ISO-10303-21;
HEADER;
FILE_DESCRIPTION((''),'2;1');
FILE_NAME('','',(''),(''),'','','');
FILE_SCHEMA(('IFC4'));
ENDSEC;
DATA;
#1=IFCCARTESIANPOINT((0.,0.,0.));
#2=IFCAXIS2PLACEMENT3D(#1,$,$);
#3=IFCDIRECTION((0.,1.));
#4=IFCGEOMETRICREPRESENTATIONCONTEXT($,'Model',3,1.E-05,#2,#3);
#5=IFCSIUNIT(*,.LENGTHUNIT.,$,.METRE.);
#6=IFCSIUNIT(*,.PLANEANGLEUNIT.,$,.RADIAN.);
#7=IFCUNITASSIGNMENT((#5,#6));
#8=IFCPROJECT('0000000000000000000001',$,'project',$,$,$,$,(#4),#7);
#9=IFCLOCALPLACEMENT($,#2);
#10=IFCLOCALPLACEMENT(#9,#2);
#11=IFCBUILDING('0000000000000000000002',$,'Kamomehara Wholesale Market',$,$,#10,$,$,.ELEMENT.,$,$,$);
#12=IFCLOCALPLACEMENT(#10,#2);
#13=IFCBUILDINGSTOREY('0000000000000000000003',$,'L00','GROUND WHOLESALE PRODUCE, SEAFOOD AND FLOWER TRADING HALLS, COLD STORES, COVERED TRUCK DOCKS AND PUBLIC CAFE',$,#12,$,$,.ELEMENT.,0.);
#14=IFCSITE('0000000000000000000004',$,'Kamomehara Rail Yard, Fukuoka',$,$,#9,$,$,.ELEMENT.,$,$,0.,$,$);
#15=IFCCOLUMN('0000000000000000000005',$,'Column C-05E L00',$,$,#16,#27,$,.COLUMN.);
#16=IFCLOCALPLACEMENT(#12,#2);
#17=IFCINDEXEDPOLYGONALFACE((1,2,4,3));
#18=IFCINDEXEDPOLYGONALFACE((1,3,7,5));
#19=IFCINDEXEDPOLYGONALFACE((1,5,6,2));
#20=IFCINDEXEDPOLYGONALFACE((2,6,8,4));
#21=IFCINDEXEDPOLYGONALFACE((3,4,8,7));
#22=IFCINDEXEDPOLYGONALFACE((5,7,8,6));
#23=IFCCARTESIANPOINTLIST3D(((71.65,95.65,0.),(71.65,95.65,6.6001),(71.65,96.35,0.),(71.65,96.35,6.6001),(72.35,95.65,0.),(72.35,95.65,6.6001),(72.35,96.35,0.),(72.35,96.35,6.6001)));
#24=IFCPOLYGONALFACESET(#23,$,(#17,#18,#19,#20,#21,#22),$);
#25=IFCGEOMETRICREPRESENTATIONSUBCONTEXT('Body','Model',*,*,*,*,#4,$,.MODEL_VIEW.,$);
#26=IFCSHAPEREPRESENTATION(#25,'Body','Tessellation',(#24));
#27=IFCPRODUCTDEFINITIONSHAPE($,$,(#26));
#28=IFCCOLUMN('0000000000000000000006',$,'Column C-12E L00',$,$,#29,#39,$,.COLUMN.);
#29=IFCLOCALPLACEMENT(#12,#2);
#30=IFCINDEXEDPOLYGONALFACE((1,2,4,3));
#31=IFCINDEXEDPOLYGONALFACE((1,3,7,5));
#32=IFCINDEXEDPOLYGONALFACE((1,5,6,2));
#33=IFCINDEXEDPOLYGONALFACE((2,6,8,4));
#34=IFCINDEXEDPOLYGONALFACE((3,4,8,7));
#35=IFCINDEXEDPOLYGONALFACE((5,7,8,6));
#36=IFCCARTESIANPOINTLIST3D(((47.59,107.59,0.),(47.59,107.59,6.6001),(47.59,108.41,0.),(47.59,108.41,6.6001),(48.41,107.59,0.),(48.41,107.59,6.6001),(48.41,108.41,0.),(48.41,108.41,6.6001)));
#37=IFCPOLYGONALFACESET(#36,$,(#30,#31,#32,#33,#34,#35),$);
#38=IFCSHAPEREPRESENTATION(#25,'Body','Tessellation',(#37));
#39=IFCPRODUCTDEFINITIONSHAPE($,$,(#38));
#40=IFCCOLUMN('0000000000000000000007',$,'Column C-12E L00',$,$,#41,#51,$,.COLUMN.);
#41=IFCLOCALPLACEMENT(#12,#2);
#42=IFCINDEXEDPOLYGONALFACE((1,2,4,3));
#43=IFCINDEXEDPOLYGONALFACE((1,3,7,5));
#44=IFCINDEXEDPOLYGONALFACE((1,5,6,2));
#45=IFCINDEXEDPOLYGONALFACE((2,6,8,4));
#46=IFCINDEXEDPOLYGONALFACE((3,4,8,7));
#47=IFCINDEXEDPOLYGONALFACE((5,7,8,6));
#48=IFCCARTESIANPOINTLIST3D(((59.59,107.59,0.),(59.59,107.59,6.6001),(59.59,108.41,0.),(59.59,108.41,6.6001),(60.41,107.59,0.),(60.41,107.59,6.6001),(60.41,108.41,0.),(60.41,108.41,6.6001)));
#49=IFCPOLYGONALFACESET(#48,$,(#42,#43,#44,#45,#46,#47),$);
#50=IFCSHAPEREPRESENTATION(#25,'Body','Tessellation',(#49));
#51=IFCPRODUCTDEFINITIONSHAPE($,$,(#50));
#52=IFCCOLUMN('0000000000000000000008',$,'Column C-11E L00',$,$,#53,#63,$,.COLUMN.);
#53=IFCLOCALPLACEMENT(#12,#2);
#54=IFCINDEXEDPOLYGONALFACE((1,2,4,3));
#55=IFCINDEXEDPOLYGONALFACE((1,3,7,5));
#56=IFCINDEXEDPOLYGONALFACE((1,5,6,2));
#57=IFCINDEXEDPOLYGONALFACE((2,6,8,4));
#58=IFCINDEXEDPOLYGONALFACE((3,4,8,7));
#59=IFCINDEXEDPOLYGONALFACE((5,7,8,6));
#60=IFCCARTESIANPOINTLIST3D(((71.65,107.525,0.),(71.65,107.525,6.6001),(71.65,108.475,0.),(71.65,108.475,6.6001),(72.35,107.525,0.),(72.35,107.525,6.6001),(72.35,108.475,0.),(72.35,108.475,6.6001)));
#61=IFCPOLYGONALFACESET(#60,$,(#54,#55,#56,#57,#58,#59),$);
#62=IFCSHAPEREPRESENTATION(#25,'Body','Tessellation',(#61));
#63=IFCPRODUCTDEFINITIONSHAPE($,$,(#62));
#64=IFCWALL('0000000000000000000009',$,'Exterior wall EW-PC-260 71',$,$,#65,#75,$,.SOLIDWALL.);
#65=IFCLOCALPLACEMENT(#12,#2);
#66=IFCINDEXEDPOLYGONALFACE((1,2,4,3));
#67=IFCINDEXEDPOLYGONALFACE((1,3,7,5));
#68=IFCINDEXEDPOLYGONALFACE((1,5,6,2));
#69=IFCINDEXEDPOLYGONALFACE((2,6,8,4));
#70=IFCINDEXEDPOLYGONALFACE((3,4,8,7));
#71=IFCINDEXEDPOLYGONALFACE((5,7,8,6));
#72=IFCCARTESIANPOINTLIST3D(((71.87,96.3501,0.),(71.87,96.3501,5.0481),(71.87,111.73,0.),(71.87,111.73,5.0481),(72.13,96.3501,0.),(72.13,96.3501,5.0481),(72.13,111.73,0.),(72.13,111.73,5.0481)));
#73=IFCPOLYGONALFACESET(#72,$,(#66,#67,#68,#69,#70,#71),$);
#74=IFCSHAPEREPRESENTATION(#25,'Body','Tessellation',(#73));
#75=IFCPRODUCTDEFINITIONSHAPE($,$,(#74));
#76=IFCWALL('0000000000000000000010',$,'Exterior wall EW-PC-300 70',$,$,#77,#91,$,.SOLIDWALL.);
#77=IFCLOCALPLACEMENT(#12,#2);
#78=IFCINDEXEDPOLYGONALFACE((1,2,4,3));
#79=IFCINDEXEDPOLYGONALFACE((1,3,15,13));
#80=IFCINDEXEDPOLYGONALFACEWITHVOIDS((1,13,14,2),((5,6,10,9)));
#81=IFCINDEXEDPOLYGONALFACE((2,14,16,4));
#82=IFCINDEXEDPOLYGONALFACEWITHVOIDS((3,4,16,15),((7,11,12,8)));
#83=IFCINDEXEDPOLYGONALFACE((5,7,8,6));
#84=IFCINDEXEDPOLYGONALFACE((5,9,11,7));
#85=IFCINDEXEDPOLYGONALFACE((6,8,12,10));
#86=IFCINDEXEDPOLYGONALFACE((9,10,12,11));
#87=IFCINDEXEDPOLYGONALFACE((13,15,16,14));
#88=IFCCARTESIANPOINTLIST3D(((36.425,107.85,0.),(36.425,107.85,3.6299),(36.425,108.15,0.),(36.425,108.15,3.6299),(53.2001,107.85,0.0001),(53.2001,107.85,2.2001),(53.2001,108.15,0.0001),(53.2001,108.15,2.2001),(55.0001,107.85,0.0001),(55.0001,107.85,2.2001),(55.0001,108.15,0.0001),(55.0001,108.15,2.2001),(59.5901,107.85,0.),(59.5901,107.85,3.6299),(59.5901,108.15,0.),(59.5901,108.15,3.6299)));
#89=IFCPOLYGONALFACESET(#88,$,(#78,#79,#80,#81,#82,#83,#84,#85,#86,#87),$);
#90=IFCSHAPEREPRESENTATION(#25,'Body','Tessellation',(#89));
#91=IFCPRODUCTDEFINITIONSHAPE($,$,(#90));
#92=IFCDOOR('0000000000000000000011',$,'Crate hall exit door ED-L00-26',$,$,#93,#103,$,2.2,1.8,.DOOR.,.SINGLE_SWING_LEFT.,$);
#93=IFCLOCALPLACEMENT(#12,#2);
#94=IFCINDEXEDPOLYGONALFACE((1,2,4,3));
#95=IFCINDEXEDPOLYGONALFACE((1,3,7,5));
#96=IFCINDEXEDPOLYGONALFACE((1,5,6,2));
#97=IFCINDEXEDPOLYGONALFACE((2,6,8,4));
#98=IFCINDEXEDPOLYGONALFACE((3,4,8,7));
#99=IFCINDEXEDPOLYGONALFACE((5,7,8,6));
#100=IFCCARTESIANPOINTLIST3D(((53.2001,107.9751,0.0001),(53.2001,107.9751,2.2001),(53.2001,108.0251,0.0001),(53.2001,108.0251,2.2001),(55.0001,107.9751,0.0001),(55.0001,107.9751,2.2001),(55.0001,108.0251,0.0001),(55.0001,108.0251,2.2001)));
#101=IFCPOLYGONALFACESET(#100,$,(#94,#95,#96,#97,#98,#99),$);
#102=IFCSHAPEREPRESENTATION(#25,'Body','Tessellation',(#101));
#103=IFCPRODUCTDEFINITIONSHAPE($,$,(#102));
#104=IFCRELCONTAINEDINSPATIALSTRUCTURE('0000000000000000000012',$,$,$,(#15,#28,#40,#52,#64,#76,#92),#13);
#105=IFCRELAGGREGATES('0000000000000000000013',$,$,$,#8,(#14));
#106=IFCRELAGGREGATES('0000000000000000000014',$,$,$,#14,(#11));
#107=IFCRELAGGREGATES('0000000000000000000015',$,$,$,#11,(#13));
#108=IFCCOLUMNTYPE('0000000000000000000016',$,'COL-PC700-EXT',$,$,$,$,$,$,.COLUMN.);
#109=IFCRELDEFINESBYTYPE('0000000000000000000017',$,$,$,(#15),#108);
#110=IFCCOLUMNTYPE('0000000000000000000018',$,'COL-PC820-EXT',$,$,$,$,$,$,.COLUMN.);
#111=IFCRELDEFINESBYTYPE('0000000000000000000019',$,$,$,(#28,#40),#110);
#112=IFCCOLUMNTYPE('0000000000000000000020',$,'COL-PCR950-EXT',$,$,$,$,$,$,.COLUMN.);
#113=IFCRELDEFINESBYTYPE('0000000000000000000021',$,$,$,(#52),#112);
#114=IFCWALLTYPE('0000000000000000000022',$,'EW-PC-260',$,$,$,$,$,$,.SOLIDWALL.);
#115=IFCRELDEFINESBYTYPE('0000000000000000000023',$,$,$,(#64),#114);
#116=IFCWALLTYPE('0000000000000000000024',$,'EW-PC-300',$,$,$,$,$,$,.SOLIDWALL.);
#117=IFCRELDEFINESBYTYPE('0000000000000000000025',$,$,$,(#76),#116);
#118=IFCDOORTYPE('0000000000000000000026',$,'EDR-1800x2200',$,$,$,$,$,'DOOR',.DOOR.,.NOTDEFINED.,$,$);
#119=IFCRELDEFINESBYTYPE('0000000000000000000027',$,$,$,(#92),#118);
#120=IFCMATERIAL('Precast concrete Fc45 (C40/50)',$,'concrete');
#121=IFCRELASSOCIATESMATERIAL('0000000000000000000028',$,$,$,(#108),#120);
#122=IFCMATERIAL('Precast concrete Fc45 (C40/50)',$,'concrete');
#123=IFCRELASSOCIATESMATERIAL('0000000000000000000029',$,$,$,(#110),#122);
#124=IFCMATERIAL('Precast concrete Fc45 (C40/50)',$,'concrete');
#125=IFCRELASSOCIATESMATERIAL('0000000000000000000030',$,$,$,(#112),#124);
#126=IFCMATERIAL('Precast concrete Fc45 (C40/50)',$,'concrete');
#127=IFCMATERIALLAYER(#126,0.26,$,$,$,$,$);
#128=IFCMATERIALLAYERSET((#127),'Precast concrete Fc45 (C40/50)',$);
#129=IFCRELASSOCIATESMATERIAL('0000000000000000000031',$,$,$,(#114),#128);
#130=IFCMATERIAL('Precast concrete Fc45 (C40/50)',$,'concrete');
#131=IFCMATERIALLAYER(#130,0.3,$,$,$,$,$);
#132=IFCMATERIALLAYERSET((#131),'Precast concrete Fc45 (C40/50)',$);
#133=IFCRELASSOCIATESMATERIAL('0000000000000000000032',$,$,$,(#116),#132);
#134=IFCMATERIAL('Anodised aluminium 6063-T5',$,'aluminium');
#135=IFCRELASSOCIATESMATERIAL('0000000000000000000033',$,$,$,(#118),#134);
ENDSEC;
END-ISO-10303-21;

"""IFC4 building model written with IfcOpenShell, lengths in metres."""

from ifc_helpers import new_model, si_unit, direction, frame, frame_2d, origin, origin_2d, place, context, subcontext, project, spatial, rectangle, extrude, material, layer, layer_set, material_profile, profile_set, type_object, element, fill, save


model = new_model("IFC4")

# Units and contexts
model_context = context("Model", 3, precision=1e-05, world=origin(), true_north=direction((0.0, 1.0)))
body_context = subcontext(model_context, "Body", "Model", "MODEL_VIEW")
ifc_project = project(units=[si_unit("LENGTHUNIT", "METRE"), si_unit("PLANEANGLEUNIT", "RADIAN")], contexts=[model_context])

# Site, building, storey
site_placement = place(None, origin())
site = spatial("IfcSite", under=ifc_project, at=site_placement, Name="Kamomehara Rail Yard, Fukuoka", CompositionType="ELEMENT", RefElevation=0.0)
building_placement = place(site_placement, origin())
building = spatial("IfcBuilding", under=site, at=building_placement, Name="Kamomehara Wholesale Market", CompositionType="ELEMENT")
storey_placement = place(building_placement, origin())
storey = spatial("IfcBuildingStorey", under=building, at=storey_placement, Name="L00", Description="GROUND WHOLESALE PRODUCE, SEAFOOD AND FLOWER TRADING HALLS, COLD STORES, COVERED TRUCK DOCKS AND PUBLIC CAFE", CompositionType="ELEMENT", Elevation=0.0)

# Columns
ifc_material_1 = material(Name="Precast concrete Fc45 (C40/50)", Category="concrete")
ifc_material_profile_1 = material_profile(ifc_material_1, rectangle(XDim=0.7, YDim=0.7, at=origin_2d()), Name="PC-COL-700x700")
ifc_profile_set_1 = profile_set([ifc_material_profile_1], Name="Precast concrete Fc45 (C40/50)")
column_type_1 = type_object("IfcColumnType", Name="COL-PC700-EXT", PredefinedType="COLUMN", material=ifc_profile_set_1)
column_1_placement = place(storey_placement, frame((72.0, 96.0, 0.0), z_axis=(0.0, 0.0, 1.0), x_axis=(1.0, 0.0, 0.0)))
element("IfcColumn", 1, at=column_1_placement, inside=storey, type_object=column_type_1, Name="Column C-05E L00", PredefinedType="COLUMN", context=body_context, shape_type="SweptSolid", body=[
    extrude(rectangle(XDim=0.7, YDim=0.7, at=origin_2d()), origin(), (0.0, 0.0, 1.0), 6.6001),
])
ifc_material_2 = material(Name="Precast concrete Fc45 (C40/50)", Category="concrete")
ifc_material_profile_2 = material_profile(ifc_material_2, rectangle(XDim=0.8201, YDim=0.8201, at=origin_2d()), Name="PC-COL-820x820")
ifc_profile_set_2 = profile_set([ifc_material_profile_2], Name="Precast concrete Fc45 (C40/50)")
column_type_2 = type_object("IfcColumnType", Name="COL-PC820-EXT", PredefinedType="COLUMN", material=ifc_profile_set_2)
for number, where, z_axis, x_axis, name in (
    (2, (48.0, 108.0, 0.0), (0.0, 0.0, 1.0), (1.0, 0.0, 0.0), "Column C-12E L00"),
    (3, (60.0, 108.0, 0.0), (0.0, 0.0, 1.0), (1.0, 0.0, 0.0), "Column C-12E L00"),
):
    element("IfcColumn", number, at=place(storey_placement, frame(where, z_axis=z_axis, x_axis=x_axis)), inside=storey, type_object=column_type_2, Name=name, PredefinedType="COLUMN", context=body_context, shape_type="SweptSolid", body=[
        extrude(rectangle(XDim=0.8201, YDim=0.8201, at=origin_2d()), origin(), (0.0, 0.0, 1.0), 6.6001),
    ])
ifc_material_3 = material(Name="Precast concrete Fc45 (C40/50)", Category="concrete")
ifc_material_profile_3 = material_profile(ifc_material_3, rectangle(XDim=0.7, YDim=0.95, at=origin_2d()), Name="PC-COL-700x950")
ifc_profile_set_3 = profile_set([ifc_material_profile_3], Name="Precast concrete Fc45 (C40/50)")
column_type_3 = type_object("IfcColumnType", Name="COL-PCR950-EXT", PredefinedType="COLUMN", material=ifc_profile_set_3)
column_2_placement = place(storey_placement, frame((72.0, 108.0, 0.0), z_axis=(0.0, 0.0, 1.0), x_axis=(1.0, 0.0, 0.0)))
element("IfcColumn", 4, at=column_2_placement, inside=storey, type_object=column_type_3, Name="Column C-11E L00", PredefinedType="COLUMN", context=body_context, shape_type="SweptSolid", body=[
    extrude(rectangle(XDim=0.7, YDim=0.95, at=origin_2d()), origin(), (0.0, 0.0, 1.0), 6.6001),
])

# Wall
ifc_material_4 = material(Name="Precast concrete Fc45 (C40/50)", Category="concrete")
ifc_layer_1 = layer(ifc_material_4, 0.26)
ifc_layer_set_1 = layer_set([ifc_layer_1], Name="Precast concrete Fc45 (C40/50)")
wall_type_1 = type_object("IfcWallType", Name="EW-PC-260", PredefinedType="SOLIDWALL", material=ifc_layer_set_1)
wall_1_placement = place(storey_placement, frame((72.0, 96.3501, 0.0), z_axis=(0.0, 0.0, 1.0), x_axis=(0.0, 1.0, 0.0)))
element("IfcWall", 5, at=wall_1_placement, inside=storey, type_object=wall_type_1, Name="Exterior wall EW-PC-260 71", PredefinedType="SOLIDWALL", context=body_context, shape_type="SweptSolid", body=[
    extrude(rectangle(XDim=15.3799, YDim=0.26, at=frame_2d((7.6899, 0.0))), origin(), (0.0, 0.0, 1.0), 5.0481),
])

# Wall, opening, door
ifc_material_5 = material(Name="Precast concrete Fc45 (C40/50)", Category="concrete")
ifc_layer_2 = layer(ifc_material_5, 0.3)
ifc_layer_set_2 = layer_set([ifc_layer_2], Name="Precast concrete Fc45 (C40/50)")
wall_type_2 = type_object("IfcWallType", Name="EW-PC-300", PredefinedType="SOLIDWALL", material=ifc_layer_set_2)
wall_2_placement = place(storey_placement, frame((59.5901, 108.0, 0.0), z_axis=(0.0, 0.0, 1.0), x_axis=(-1.0, 0.0, 0.0)))
wall_2 = element("IfcWall", 6, at=wall_2_placement, inside=storey, type_object=wall_type_2, Name="Exterior wall EW-PC-300 70", PredefinedType="SOLIDWALL", context=body_context, shape_type="SweptSolid", body=[
    extrude(rectangle(XDim=23.165, YDim=0.3, at=frame_2d((11.5825, 0.0))), origin(), (0.0, 0.0, 1.0), 3.6299),
])
opening_placement = place(wall_2_placement, frame((4.5901, 0.0, 0.0)))
opening = element("IfcOpeningElement", 7, at=opening_placement, cuts=wall_2, PredefinedType="OPENING", context=body_context, shape_type="SweptSolid", body=[
    extrude(rectangle(XDim=1.8, YDim=2.2, at=frame_2d((0.8999, 1.1001))), frame((0.0, 0.165, 0.0), z_axis=(0.0, -1.0, 0.0), x_axis=(1.0, 0.0, 0.0)), (0.0, 0.0, 1.0), 0.3298),
])
ifc_material_6 = material(Name="Anodised aluminium 6063-T5", Category="aluminium")
door_type = type_object("IfcDoorType", Name="EDR-1800x2200", ElementType="DOOR", OperationType="NOTDEFINED", PredefinedType="DOOR", material=ifc_material_6)
door_placement = place(opening_placement, origin())
door = element("IfcDoor", 8, at=door_placement, inside=storey, type_object=door_type, Name="Crate hall exit door ED-L00-26", OperationType="SINGLE_SWING_LEFT", OverallHeight=2.2, OverallWidth=1.8, PredefinedType="DOOR", context=body_context, shape_type="SweptSolid", body=[
    extrude(rectangle(XDim=1.8, YDim=2.2, at=frame_2d((0.8999, 1.1001))), frame((0.0, 0.0249, 0.0), z_axis=(0.0, -1.0, 0.0), x_axis=(1.0, 0.0, 0.0)), (0.0, 0.0, 1.0), 0.05),
])
fill(opening, door)

save(model, "model.ifc")
